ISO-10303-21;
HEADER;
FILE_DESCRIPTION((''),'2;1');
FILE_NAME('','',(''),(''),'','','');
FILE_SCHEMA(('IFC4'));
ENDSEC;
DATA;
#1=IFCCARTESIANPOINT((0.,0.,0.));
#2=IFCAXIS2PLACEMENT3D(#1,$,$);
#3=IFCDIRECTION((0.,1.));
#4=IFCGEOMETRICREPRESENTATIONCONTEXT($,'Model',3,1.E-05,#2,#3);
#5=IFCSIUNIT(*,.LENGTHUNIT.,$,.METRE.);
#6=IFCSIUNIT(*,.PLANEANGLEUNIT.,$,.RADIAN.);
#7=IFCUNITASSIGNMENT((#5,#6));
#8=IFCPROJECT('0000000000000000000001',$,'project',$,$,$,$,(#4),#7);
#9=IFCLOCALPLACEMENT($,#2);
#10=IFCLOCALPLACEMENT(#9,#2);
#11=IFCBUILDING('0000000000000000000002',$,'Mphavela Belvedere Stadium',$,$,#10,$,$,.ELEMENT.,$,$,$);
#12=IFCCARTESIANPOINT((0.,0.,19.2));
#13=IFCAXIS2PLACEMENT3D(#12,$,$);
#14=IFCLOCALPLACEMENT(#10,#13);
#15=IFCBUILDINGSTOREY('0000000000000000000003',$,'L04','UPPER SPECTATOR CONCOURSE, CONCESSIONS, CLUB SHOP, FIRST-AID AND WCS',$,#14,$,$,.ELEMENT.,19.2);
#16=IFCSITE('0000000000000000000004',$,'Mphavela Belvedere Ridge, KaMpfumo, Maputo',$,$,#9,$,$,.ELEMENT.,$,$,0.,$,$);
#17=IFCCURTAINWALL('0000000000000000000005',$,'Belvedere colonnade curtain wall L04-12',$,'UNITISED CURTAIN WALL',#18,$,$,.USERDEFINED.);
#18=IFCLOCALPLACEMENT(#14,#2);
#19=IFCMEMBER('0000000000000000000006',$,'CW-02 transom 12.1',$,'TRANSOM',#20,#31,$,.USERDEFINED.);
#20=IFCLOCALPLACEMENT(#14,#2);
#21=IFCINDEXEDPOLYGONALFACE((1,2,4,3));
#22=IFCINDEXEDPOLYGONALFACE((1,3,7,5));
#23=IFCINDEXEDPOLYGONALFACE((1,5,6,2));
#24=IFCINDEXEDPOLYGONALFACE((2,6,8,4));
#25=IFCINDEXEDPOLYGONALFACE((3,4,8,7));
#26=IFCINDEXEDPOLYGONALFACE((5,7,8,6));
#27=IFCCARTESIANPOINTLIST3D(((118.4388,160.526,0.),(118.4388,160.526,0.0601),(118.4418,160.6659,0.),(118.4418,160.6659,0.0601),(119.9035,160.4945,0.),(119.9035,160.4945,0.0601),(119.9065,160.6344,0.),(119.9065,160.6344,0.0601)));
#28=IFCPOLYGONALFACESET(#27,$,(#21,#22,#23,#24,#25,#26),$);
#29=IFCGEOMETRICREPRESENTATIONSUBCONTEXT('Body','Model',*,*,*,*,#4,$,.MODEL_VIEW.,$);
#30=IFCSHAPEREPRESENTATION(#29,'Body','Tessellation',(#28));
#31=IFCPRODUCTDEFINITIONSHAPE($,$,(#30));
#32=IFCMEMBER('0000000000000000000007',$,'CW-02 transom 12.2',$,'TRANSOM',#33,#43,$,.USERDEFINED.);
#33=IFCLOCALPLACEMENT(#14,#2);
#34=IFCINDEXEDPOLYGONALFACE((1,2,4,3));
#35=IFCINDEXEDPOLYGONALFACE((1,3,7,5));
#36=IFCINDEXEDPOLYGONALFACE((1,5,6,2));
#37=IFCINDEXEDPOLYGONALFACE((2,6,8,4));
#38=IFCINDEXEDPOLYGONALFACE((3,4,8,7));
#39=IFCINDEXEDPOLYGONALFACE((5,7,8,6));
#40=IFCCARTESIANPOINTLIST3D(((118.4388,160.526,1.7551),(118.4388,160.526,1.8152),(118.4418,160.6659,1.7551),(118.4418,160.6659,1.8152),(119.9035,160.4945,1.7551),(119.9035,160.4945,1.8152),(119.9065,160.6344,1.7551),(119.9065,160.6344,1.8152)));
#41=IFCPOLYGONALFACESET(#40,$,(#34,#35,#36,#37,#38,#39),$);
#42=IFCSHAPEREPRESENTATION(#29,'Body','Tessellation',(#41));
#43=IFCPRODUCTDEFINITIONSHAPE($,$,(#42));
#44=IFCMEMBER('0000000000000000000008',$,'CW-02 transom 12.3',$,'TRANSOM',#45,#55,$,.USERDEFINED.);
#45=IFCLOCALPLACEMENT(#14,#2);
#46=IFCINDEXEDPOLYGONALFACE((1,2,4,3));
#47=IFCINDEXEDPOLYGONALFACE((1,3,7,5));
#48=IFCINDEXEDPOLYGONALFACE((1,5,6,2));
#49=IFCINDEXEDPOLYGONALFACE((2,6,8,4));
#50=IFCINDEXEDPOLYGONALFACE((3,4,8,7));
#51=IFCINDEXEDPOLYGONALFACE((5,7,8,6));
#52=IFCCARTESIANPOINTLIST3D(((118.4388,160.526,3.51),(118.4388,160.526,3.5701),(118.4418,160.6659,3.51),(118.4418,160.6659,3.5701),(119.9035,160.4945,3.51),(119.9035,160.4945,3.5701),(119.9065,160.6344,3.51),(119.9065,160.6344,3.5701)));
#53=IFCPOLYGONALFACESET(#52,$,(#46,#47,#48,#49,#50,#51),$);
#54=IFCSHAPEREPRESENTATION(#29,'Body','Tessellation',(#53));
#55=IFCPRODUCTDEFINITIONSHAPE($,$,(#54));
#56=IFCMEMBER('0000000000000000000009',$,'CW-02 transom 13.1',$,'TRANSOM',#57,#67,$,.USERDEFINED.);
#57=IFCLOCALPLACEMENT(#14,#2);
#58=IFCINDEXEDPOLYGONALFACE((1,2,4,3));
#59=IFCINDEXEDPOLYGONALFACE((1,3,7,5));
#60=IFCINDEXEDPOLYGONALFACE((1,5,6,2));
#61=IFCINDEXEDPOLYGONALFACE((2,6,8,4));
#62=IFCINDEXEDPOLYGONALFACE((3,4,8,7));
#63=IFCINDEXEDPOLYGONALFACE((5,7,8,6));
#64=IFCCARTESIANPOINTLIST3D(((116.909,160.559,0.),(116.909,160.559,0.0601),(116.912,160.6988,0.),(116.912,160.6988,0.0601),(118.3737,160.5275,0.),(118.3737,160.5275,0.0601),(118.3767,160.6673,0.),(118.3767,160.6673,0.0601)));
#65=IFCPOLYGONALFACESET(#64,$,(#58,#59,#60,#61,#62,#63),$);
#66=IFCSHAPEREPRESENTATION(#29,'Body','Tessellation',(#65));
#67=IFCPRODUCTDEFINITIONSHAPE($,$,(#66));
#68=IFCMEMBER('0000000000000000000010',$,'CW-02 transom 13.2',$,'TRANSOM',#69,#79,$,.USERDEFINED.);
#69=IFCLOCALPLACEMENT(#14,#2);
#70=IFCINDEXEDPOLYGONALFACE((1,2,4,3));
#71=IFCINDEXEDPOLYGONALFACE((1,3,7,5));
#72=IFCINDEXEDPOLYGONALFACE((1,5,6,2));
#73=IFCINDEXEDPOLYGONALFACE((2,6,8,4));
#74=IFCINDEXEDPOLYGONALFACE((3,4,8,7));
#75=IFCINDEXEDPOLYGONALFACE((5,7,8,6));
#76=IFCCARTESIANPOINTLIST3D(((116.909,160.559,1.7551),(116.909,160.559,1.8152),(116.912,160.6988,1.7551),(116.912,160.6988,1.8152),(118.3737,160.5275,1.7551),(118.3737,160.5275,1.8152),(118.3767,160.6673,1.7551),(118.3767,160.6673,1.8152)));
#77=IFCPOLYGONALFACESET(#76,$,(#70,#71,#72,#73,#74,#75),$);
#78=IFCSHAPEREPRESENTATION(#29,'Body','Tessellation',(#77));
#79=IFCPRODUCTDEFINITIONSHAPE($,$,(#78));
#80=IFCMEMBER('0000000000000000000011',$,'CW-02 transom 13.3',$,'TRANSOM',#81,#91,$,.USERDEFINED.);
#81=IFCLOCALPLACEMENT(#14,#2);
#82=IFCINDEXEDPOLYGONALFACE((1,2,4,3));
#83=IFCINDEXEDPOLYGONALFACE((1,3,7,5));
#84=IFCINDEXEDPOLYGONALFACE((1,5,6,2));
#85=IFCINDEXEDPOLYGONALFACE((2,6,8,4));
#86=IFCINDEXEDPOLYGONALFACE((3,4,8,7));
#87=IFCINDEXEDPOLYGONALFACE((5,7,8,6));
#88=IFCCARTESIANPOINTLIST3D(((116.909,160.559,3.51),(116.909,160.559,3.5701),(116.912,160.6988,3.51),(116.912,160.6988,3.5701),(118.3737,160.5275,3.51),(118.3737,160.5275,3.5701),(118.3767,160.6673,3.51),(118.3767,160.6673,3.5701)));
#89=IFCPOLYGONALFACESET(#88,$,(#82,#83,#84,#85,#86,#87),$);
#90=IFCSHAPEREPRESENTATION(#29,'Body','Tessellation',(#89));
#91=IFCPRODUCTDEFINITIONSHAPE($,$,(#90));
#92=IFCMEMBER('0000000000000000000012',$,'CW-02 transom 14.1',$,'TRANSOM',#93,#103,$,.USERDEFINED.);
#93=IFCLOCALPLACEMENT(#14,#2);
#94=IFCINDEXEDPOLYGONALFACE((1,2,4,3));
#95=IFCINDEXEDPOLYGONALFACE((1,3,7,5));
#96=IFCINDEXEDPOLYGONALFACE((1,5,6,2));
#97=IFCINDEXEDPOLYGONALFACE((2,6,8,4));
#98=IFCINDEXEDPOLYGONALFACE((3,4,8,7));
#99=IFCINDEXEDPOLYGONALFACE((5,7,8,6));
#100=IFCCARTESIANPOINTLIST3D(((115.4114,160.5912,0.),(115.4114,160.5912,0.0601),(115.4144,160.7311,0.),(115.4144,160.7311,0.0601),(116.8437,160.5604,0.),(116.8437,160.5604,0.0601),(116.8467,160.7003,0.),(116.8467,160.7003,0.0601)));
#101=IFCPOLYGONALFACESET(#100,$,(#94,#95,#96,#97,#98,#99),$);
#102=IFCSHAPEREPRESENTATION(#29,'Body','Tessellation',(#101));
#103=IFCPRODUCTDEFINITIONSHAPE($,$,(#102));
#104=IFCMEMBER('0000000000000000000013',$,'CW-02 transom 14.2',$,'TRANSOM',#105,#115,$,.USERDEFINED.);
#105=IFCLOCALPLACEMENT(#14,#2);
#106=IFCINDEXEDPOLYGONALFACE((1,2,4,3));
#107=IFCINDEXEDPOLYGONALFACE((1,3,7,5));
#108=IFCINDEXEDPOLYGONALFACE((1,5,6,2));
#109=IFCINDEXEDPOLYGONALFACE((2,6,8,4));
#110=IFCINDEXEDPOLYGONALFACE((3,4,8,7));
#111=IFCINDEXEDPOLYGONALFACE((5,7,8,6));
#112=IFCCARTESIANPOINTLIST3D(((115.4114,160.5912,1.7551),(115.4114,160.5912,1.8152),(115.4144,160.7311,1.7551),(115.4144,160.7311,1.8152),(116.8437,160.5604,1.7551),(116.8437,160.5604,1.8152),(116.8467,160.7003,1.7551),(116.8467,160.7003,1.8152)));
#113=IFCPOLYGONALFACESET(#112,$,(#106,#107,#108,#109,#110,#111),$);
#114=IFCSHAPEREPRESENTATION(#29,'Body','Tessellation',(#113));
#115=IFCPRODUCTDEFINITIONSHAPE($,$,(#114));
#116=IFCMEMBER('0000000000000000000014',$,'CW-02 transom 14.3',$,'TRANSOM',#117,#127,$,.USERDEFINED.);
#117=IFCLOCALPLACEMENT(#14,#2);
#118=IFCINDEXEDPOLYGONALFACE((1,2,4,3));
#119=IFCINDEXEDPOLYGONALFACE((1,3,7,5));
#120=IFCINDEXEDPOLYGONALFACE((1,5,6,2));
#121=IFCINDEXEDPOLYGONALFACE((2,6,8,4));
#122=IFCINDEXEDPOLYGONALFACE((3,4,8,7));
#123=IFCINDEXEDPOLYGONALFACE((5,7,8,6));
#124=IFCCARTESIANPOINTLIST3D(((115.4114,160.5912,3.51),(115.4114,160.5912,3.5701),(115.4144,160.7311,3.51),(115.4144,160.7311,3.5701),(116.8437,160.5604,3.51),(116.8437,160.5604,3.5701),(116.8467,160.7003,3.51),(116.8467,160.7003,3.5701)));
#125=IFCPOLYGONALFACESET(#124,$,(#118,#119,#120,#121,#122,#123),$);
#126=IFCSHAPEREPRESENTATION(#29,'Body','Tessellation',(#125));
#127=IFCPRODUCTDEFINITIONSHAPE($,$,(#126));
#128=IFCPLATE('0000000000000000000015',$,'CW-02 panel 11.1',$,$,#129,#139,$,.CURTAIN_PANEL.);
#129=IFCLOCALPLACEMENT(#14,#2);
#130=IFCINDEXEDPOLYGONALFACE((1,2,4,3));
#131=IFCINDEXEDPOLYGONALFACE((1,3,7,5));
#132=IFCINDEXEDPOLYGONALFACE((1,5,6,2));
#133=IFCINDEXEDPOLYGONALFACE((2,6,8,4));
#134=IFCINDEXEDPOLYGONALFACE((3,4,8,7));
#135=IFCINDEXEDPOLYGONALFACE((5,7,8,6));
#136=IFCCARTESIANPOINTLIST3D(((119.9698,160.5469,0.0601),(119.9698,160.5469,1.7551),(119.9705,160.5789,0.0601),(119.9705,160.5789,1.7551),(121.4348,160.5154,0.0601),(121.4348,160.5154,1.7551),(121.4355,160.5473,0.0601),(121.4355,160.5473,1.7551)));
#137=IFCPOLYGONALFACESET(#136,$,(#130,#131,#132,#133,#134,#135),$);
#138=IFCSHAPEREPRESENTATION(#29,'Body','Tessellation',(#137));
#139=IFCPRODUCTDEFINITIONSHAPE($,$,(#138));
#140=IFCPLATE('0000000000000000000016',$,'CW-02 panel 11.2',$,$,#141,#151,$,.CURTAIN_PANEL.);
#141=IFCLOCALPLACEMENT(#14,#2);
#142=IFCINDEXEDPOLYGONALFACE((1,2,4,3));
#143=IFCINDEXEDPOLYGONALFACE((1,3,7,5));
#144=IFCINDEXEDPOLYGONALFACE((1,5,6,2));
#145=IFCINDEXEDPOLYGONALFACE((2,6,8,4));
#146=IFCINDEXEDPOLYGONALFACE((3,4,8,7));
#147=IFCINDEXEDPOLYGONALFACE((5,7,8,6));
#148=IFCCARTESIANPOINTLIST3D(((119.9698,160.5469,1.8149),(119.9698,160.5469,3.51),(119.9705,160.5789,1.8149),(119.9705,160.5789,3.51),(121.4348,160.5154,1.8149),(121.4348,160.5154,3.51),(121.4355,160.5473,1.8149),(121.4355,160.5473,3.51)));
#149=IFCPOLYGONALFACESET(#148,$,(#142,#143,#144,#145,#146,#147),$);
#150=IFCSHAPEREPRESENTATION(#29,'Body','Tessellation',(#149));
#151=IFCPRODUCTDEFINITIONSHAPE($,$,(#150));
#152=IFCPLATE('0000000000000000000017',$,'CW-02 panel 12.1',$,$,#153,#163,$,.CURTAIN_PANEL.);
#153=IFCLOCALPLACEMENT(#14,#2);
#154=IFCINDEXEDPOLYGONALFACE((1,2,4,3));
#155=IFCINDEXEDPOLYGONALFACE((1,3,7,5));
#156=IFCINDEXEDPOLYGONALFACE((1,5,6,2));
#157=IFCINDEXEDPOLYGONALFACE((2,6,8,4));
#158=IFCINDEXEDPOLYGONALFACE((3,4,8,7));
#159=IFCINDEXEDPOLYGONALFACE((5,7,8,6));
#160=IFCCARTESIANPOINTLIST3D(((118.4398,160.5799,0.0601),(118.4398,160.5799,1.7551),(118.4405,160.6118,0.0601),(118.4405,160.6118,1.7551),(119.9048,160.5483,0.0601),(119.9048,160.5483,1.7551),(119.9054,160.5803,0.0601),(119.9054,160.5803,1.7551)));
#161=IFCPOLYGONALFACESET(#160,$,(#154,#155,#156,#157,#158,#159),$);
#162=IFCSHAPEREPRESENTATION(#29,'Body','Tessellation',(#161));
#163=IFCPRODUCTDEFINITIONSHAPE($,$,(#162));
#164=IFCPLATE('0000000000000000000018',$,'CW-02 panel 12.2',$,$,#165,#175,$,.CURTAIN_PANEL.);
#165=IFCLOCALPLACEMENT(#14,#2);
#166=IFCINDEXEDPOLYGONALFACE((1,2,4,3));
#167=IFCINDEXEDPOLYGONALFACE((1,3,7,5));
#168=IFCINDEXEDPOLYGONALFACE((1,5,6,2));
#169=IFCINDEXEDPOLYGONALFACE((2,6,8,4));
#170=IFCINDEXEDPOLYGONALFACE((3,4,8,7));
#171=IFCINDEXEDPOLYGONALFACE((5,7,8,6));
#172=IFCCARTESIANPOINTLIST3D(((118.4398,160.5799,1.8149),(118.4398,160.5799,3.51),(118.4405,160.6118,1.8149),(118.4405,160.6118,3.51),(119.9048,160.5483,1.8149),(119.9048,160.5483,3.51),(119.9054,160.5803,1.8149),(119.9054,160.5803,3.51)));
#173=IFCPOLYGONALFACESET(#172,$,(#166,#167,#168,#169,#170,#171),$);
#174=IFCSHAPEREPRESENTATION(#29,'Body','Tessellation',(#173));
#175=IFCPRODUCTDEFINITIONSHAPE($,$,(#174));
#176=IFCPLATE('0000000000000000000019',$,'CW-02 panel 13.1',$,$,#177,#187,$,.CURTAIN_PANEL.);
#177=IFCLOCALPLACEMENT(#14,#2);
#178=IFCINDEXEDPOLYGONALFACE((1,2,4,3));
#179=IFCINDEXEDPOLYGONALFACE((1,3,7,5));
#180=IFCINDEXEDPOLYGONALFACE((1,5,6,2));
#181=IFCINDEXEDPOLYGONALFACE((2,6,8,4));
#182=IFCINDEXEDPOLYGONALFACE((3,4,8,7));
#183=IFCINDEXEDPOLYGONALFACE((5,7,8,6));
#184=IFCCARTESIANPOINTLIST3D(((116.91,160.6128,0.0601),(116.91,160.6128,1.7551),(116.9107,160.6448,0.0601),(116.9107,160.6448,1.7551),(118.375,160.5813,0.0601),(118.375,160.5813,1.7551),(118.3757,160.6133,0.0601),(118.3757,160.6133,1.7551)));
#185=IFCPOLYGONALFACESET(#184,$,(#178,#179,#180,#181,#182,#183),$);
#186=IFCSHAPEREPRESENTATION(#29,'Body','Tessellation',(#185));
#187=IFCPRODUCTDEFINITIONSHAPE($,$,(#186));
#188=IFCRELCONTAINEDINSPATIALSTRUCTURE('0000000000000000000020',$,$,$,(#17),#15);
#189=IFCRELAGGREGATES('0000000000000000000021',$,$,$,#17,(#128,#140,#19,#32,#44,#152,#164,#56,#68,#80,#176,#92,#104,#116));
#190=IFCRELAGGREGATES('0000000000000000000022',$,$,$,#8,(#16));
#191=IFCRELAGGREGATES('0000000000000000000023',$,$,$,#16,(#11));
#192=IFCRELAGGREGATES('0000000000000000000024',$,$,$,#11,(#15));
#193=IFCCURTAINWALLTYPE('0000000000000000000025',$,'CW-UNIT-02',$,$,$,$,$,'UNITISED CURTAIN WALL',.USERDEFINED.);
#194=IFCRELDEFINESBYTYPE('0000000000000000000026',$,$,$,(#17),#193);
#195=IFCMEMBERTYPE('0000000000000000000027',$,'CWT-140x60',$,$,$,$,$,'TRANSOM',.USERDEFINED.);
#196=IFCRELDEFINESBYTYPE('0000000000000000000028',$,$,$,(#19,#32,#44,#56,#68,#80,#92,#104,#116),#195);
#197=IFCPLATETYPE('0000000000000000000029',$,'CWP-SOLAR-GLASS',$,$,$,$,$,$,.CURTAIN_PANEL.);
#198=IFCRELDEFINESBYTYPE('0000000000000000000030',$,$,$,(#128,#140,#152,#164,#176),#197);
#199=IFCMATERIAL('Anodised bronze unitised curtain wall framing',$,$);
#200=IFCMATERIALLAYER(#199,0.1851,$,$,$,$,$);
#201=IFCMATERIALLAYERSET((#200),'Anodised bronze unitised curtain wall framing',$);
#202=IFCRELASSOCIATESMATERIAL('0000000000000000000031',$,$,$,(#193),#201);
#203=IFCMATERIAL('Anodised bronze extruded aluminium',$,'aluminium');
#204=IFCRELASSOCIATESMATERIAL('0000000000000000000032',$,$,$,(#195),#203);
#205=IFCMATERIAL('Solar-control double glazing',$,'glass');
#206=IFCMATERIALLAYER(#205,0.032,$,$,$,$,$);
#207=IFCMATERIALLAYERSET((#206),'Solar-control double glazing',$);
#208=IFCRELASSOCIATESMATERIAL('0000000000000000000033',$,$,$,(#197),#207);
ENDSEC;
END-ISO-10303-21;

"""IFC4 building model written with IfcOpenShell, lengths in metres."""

from ifc_helpers import new_model, si_unit, direction, frame, origin, origin_2d, place, context, subcontext, project, spatial, rectangle, extrude, material, layer, layer_set, material_profile, profile_set, type_object, element, aggregate, save


model = new_model("IFC4")

# Units and contexts
model_context = context("Model", 3, precision=1e-05, world=origin(), true_north=direction((0.0, 1.0)))
body_context = subcontext(model_context, "Body", "Model", "MODEL_VIEW")
ifc_project = project(units=[si_unit("LENGTHUNIT", "METRE"), si_unit("PLANEANGLEUNIT", "RADIAN")], contexts=[model_context])

# Site, building, storey
site_placement = place(None, origin())
site = spatial("IfcSite", under=ifc_project, at=site_placement, Name="Mphavela Belvedere Ridge, KaMpfumo, Maputo", CompositionType="ELEMENT", RefElevation=0.0)
building_placement = place(site_placement, origin())
building = spatial("IfcBuilding", under=site, at=building_placement, Name="Mphavela Belvedere Stadium", CompositionType="ELEMENT")
storey_placement = place(building_placement, frame((0.0, 0.0, 19.2)))
storey = spatial("IfcBuildingStorey", under=building, at=storey_placement, Name="L04", Description="UPPER SPECTATOR CONCOURSE, CONCESSIONS, CLUB SHOP, FIRST-AID AND WCS", CompositionType="ELEMENT", Elevation=19.2)

# Curtain wall, members, plates
ifc_material_1 = material(Name="Anodised bronze unitised curtain wall framing")
ifc_layer_1 = layer(ifc_material_1, 0.1851)
ifc_layer_set_1 = layer_set([ifc_layer_1], Name="Anodised bronze unitised curtain wall framing")
curtain_wall_type = type_object("IfcCurtainWallType", Name="CW-UNIT-02", ElementType="UNITISED CURTAIN WALL", PredefinedType="USERDEFINED", material=ifc_layer_set_1)
curtain_wall_placement = place(storey_placement, origin())
curtain_wall = element("IfcCurtainWall", 1, at=curtain_wall_placement, inside=storey, type_object=curtain_wall_type, Name="Belvedere colonnade curtain wall L04-12", ObjectType="UNITISED CURTAIN WALL", PredefinedType="USERDEFINED")
ifc_material_2 = material(Name="Anodised bronze extruded aluminium", Category="aluminium")
ifc_material_profile_1 = material_profile(ifc_material_2, rectangle(XDim=0.1399, YDim=0.0601, at=origin_2d()), Name="CW-TRN 140x60")
ifc_profile_set_1 = profile_set([ifc_material_profile_1], Name="Anodised bronze extruded aluminium")
member_type_1 = type_object("IfcMemberType", Name="CWT-140x60", ElementType="TRANSOM", PredefinedType="USERDEFINED", material=ifc_profile_set_1)
member_1_placement = place(storey_placement, frame((119.905, 160.5645, 0.03), z_axis=(-0.999769, 0.021495, 0.0), x_axis=(-0.021495, -0.999769, 0.0)))
member_1 = element("IfcMember", 2, at=member_1_placement, type_object=member_type_1, Name="CW-02 transom 12.1", ObjectType="TRANSOM", PredefinedType="USERDEFINED", context=body_context, shape_type="SweptSolid", body=[
    extrude(rectangle(XDim=0.1399, YDim=0.0601, at=origin_2d()), origin(), (0.0, 0.0, 1.0), 1.4651),
])
member_2_placement = place(storey_placement, frame((119.905, 160.5645, 1.7852), z_axis=(-0.999769, 0.021495, 0.0), x_axis=(-0.021495, -0.999769, 0.0)))
member_2 = element("IfcMember", 3, at=member_2_placement, type_object=member_type_1, Name="CW-02 transom 12.2", ObjectType="TRANSOM", PredefinedType="USERDEFINED", context=body_context, shape_type="SweptSolid", body=[
    extrude(rectangle(XDim=0.1399, YDim=0.0601, at=origin_2d()), origin(), (0.0, 0.0, 1.0), 1.4651),
])
member_3_placement = place(storey_placement, frame((119.905, 160.5645, 3.54), z_axis=(-0.999769, 0.021495, 0.0), x_axis=(-0.021495, -0.999769, 0.0)))
member_3 = element("IfcMember", 4, at=member_3_placement, type_object=member_type_1, Name="CW-02 transom 12.3", ObjectType="TRANSOM", PredefinedType="USERDEFINED", context=body_context, shape_type="SweptSolid", body=[
    extrude(rectangle(XDim=0.1399, YDim=0.0601, at=origin_2d()), origin(), (0.0, 0.0, 1.0), 1.4651),
])
member_4_placement = place(storey_placement, frame((118.3752, 160.5974, 0.03), z_axis=(-0.999769, 0.021495, 0.0), x_axis=(-0.021495, -0.999769, 0.0)))
member_4 = element("IfcMember", 5, at=member_4_placement, type_object=member_type_1, Name="CW-02 transom 13.1", ObjectType="TRANSOM", PredefinedType="USERDEFINED", context=body_context, shape_type="SweptSolid", body=[
    extrude(rectangle(XDim=0.1399, YDim=0.0601, at=origin_2d()), origin(), (0.0, 0.0, 1.0), 1.4651),
])
member_5_placement = place(storey_placement, frame((118.3752, 160.5974, 1.7852), z_axis=(-0.999769, 0.021495, 0.0), x_axis=(-0.021495, -0.999769, 0.0)))
member_5 = element("IfcMember", 6, at=member_5_placement, type_object=member_type_1, Name="CW-02 transom 13.2", ObjectType="TRANSOM", PredefinedType="USERDEFINED", context=body_context, shape_type="SweptSolid", body=[
    extrude(rectangle(XDim=0.1399, YDim=0.0601, at=origin_2d()), origin(), (0.0, 0.0, 1.0), 1.4651),
])
member_6_placement = place(storey_placement, frame((118.3752, 160.5974, 3.54), z_axis=(-0.999769, 0.021495, 0.0), x_axis=(-0.021495, -0.999769, 0.0)))
member_6 = element("IfcMember", 7, at=member_6_placement, type_object=member_type_1, Name="CW-02 transom 13.3", ObjectType="TRANSOM", PredefinedType="USERDEFINED", context=body_context, shape_type="SweptSolid", body=[
    extrude(rectangle(XDim=0.1399, YDim=0.0601, at=origin_2d()), origin(), (0.0, 0.0, 1.0), 1.4651),
])
member_7_placement = place(storey_placement, frame((116.8452, 160.6304, 0.03), z_axis=(-0.999769, 0.021471, 0.0), x_axis=(-0.021471, -0.999769, 0.0)))
member_7 = element("IfcMember", 8, at=member_7_placement, type_object=member_type_1, Name="CW-02 transom 14.1", ObjectType="TRANSOM", PredefinedType="USERDEFINED", context=body_context, shape_type="SweptSolid", body=[
    extrude(rectangle(XDim=0.1399, YDim=0.0601, at=origin_2d()), origin(), (0.0, 0.0, 1.0), 1.4326),
])
member_8_placement = place(storey_placement, frame((116.8452, 160.6304, 1.7852), z_axis=(-0.999769, 0.021471, 0.0), x_axis=(-0.021471, -0.999769, 0.0)))
member_8 = element("IfcMember", 9, at=member_8_placement, type_object=member_type_1, Name="CW-02 transom 14.2", ObjectType="TRANSOM", PredefinedType="USERDEFINED", context=body_context, shape_type="SweptSolid", body=[
    extrude(rectangle(XDim=0.1399, YDim=0.0601, at=origin_2d()), origin(), (0.0, 0.0, 1.0), 1.4326),
])
member_9_placement = place(storey_placement, frame((116.8452, 160.6304, 3.54), z_axis=(-0.999769, 0.021471, 0.0), x_axis=(-0.021471, -0.999769, 0.0)))
member_9 = element("IfcMember", 10, at=member_9_placement, type_object=member_type_1, Name="CW-02 transom 14.3", ObjectType="TRANSOM", PredefinedType="USERDEFINED", context=body_context, shape_type="SweptSolid", body=[
    extrude(rectangle(XDim=0.1399, YDim=0.0601, at=origin_2d()), origin(), (0.0, 0.0, 1.0), 1.4326),
])
ifc_material_3 = material(Name="Solar-control double glazing", Category="glass")
ifc_layer_2 = layer(ifc_material_3, 0.032)
ifc_layer_set_2 = layer_set([ifc_layer_2], Name="Solar-control double glazing")
plate_type = type_object("IfcPlateType", Name="CWP-SOLAR-GLASS", PredefinedType="CURTAIN_PANEL", material=ifc_layer_set_2)
plate_1_placement = place(storey_placement, frame((120.7026, 160.5471, 0.0601), z_axis=(0.0, 0.0, 1.0), x_axis=(-0.999768, 0.021527, 0.0)))
plate_1 = element("IfcPlate", 11, at=plate_1_placement, type_object=plate_type, Name="CW-02 panel 11.1", PredefinedType="CURTAIN_PANEL", context=body_context, shape_type="SweptSolid", body=[
    extrude(rectangle(XDim=1.4653, YDim=0.032, at=origin_2d()), origin(), (0.0, 0.0, 1.0), 1.6951),
])
plate_2_placement = place(storey_placement, frame((120.7026, 160.5471, 1.8149), z_axis=(0.0, 0.0, 1.0), x_axis=(-0.999768, 0.021527, 0.0)))
plate_2 = element("IfcPlate", 12, at=plate_2_placement, type_object=plate_type, Name="CW-02 panel 11.2", PredefinedType="CURTAIN_PANEL", context=body_context, shape_type="SweptSolid", body=[
    extrude(rectangle(XDim=1.4653, YDim=0.032, at=origin_2d()), origin(), (0.0, 0.0, 1.0), 1.6951),
])
plate_3_placement = place(storey_placement, frame((119.1726, 160.5801, 0.0601), z_axis=(0.0, 0.0, 1.0), x_axis=(-0.999768, 0.021527, 0.0)))
plate_3 = element("IfcPlate", 13, at=plate_3_placement, type_object=plate_type, Name="CW-02 panel 12.1", PredefinedType="CURTAIN_PANEL", context=body_context, shape_type="SweptSolid", body=[
    extrude(rectangle(XDim=1.4653, YDim=0.032, at=origin_2d()), origin(), (0.0, 0.0, 1.0), 1.6951),
])
plate_4_placement = place(storey_placement, frame((119.1726, 160.5801, 1.8149), z_axis=(0.0, 0.0, 1.0), x_axis=(-0.999768, 0.021527, 0.0)))
plate_4 = element("IfcPlate", 14, at=plate_4_placement, type_object=plate_type, Name="CW-02 panel 12.2", PredefinedType="CURTAIN_PANEL", context=body_context, shape_type="SweptSolid", body=[
    extrude(rectangle(XDim=1.4653, YDim=0.032, at=origin_2d()), origin(), (0.0, 0.0, 1.0), 1.6951),
])
plate_5_placement = place(storey_placement, frame((117.6428, 160.613, 0.0601), z_axis=(0.0, 0.0, 1.0), x_axis=(-0.999768, 0.021527, 0.0)))
plate_5 = element("IfcPlate", 15, at=plate_5_placement, type_object=plate_type, Name="CW-02 panel 13.1", PredefinedType="CURTAIN_PANEL", context=body_context, shape_type="SweptSolid", body=[
    extrude(rectangle(XDim=1.4653, YDim=0.032, at=origin_2d()), origin(), (0.0, 0.0, 1.0), 1.6951),
])
aggregate(curtain_wall, [plate_1, plate_2, member_1, member_2, member_3, plate_3, plate_4, member_4, member_5, member_6, plate_5, member_7, member_8, member_9])

save(model, "model.ifc")
